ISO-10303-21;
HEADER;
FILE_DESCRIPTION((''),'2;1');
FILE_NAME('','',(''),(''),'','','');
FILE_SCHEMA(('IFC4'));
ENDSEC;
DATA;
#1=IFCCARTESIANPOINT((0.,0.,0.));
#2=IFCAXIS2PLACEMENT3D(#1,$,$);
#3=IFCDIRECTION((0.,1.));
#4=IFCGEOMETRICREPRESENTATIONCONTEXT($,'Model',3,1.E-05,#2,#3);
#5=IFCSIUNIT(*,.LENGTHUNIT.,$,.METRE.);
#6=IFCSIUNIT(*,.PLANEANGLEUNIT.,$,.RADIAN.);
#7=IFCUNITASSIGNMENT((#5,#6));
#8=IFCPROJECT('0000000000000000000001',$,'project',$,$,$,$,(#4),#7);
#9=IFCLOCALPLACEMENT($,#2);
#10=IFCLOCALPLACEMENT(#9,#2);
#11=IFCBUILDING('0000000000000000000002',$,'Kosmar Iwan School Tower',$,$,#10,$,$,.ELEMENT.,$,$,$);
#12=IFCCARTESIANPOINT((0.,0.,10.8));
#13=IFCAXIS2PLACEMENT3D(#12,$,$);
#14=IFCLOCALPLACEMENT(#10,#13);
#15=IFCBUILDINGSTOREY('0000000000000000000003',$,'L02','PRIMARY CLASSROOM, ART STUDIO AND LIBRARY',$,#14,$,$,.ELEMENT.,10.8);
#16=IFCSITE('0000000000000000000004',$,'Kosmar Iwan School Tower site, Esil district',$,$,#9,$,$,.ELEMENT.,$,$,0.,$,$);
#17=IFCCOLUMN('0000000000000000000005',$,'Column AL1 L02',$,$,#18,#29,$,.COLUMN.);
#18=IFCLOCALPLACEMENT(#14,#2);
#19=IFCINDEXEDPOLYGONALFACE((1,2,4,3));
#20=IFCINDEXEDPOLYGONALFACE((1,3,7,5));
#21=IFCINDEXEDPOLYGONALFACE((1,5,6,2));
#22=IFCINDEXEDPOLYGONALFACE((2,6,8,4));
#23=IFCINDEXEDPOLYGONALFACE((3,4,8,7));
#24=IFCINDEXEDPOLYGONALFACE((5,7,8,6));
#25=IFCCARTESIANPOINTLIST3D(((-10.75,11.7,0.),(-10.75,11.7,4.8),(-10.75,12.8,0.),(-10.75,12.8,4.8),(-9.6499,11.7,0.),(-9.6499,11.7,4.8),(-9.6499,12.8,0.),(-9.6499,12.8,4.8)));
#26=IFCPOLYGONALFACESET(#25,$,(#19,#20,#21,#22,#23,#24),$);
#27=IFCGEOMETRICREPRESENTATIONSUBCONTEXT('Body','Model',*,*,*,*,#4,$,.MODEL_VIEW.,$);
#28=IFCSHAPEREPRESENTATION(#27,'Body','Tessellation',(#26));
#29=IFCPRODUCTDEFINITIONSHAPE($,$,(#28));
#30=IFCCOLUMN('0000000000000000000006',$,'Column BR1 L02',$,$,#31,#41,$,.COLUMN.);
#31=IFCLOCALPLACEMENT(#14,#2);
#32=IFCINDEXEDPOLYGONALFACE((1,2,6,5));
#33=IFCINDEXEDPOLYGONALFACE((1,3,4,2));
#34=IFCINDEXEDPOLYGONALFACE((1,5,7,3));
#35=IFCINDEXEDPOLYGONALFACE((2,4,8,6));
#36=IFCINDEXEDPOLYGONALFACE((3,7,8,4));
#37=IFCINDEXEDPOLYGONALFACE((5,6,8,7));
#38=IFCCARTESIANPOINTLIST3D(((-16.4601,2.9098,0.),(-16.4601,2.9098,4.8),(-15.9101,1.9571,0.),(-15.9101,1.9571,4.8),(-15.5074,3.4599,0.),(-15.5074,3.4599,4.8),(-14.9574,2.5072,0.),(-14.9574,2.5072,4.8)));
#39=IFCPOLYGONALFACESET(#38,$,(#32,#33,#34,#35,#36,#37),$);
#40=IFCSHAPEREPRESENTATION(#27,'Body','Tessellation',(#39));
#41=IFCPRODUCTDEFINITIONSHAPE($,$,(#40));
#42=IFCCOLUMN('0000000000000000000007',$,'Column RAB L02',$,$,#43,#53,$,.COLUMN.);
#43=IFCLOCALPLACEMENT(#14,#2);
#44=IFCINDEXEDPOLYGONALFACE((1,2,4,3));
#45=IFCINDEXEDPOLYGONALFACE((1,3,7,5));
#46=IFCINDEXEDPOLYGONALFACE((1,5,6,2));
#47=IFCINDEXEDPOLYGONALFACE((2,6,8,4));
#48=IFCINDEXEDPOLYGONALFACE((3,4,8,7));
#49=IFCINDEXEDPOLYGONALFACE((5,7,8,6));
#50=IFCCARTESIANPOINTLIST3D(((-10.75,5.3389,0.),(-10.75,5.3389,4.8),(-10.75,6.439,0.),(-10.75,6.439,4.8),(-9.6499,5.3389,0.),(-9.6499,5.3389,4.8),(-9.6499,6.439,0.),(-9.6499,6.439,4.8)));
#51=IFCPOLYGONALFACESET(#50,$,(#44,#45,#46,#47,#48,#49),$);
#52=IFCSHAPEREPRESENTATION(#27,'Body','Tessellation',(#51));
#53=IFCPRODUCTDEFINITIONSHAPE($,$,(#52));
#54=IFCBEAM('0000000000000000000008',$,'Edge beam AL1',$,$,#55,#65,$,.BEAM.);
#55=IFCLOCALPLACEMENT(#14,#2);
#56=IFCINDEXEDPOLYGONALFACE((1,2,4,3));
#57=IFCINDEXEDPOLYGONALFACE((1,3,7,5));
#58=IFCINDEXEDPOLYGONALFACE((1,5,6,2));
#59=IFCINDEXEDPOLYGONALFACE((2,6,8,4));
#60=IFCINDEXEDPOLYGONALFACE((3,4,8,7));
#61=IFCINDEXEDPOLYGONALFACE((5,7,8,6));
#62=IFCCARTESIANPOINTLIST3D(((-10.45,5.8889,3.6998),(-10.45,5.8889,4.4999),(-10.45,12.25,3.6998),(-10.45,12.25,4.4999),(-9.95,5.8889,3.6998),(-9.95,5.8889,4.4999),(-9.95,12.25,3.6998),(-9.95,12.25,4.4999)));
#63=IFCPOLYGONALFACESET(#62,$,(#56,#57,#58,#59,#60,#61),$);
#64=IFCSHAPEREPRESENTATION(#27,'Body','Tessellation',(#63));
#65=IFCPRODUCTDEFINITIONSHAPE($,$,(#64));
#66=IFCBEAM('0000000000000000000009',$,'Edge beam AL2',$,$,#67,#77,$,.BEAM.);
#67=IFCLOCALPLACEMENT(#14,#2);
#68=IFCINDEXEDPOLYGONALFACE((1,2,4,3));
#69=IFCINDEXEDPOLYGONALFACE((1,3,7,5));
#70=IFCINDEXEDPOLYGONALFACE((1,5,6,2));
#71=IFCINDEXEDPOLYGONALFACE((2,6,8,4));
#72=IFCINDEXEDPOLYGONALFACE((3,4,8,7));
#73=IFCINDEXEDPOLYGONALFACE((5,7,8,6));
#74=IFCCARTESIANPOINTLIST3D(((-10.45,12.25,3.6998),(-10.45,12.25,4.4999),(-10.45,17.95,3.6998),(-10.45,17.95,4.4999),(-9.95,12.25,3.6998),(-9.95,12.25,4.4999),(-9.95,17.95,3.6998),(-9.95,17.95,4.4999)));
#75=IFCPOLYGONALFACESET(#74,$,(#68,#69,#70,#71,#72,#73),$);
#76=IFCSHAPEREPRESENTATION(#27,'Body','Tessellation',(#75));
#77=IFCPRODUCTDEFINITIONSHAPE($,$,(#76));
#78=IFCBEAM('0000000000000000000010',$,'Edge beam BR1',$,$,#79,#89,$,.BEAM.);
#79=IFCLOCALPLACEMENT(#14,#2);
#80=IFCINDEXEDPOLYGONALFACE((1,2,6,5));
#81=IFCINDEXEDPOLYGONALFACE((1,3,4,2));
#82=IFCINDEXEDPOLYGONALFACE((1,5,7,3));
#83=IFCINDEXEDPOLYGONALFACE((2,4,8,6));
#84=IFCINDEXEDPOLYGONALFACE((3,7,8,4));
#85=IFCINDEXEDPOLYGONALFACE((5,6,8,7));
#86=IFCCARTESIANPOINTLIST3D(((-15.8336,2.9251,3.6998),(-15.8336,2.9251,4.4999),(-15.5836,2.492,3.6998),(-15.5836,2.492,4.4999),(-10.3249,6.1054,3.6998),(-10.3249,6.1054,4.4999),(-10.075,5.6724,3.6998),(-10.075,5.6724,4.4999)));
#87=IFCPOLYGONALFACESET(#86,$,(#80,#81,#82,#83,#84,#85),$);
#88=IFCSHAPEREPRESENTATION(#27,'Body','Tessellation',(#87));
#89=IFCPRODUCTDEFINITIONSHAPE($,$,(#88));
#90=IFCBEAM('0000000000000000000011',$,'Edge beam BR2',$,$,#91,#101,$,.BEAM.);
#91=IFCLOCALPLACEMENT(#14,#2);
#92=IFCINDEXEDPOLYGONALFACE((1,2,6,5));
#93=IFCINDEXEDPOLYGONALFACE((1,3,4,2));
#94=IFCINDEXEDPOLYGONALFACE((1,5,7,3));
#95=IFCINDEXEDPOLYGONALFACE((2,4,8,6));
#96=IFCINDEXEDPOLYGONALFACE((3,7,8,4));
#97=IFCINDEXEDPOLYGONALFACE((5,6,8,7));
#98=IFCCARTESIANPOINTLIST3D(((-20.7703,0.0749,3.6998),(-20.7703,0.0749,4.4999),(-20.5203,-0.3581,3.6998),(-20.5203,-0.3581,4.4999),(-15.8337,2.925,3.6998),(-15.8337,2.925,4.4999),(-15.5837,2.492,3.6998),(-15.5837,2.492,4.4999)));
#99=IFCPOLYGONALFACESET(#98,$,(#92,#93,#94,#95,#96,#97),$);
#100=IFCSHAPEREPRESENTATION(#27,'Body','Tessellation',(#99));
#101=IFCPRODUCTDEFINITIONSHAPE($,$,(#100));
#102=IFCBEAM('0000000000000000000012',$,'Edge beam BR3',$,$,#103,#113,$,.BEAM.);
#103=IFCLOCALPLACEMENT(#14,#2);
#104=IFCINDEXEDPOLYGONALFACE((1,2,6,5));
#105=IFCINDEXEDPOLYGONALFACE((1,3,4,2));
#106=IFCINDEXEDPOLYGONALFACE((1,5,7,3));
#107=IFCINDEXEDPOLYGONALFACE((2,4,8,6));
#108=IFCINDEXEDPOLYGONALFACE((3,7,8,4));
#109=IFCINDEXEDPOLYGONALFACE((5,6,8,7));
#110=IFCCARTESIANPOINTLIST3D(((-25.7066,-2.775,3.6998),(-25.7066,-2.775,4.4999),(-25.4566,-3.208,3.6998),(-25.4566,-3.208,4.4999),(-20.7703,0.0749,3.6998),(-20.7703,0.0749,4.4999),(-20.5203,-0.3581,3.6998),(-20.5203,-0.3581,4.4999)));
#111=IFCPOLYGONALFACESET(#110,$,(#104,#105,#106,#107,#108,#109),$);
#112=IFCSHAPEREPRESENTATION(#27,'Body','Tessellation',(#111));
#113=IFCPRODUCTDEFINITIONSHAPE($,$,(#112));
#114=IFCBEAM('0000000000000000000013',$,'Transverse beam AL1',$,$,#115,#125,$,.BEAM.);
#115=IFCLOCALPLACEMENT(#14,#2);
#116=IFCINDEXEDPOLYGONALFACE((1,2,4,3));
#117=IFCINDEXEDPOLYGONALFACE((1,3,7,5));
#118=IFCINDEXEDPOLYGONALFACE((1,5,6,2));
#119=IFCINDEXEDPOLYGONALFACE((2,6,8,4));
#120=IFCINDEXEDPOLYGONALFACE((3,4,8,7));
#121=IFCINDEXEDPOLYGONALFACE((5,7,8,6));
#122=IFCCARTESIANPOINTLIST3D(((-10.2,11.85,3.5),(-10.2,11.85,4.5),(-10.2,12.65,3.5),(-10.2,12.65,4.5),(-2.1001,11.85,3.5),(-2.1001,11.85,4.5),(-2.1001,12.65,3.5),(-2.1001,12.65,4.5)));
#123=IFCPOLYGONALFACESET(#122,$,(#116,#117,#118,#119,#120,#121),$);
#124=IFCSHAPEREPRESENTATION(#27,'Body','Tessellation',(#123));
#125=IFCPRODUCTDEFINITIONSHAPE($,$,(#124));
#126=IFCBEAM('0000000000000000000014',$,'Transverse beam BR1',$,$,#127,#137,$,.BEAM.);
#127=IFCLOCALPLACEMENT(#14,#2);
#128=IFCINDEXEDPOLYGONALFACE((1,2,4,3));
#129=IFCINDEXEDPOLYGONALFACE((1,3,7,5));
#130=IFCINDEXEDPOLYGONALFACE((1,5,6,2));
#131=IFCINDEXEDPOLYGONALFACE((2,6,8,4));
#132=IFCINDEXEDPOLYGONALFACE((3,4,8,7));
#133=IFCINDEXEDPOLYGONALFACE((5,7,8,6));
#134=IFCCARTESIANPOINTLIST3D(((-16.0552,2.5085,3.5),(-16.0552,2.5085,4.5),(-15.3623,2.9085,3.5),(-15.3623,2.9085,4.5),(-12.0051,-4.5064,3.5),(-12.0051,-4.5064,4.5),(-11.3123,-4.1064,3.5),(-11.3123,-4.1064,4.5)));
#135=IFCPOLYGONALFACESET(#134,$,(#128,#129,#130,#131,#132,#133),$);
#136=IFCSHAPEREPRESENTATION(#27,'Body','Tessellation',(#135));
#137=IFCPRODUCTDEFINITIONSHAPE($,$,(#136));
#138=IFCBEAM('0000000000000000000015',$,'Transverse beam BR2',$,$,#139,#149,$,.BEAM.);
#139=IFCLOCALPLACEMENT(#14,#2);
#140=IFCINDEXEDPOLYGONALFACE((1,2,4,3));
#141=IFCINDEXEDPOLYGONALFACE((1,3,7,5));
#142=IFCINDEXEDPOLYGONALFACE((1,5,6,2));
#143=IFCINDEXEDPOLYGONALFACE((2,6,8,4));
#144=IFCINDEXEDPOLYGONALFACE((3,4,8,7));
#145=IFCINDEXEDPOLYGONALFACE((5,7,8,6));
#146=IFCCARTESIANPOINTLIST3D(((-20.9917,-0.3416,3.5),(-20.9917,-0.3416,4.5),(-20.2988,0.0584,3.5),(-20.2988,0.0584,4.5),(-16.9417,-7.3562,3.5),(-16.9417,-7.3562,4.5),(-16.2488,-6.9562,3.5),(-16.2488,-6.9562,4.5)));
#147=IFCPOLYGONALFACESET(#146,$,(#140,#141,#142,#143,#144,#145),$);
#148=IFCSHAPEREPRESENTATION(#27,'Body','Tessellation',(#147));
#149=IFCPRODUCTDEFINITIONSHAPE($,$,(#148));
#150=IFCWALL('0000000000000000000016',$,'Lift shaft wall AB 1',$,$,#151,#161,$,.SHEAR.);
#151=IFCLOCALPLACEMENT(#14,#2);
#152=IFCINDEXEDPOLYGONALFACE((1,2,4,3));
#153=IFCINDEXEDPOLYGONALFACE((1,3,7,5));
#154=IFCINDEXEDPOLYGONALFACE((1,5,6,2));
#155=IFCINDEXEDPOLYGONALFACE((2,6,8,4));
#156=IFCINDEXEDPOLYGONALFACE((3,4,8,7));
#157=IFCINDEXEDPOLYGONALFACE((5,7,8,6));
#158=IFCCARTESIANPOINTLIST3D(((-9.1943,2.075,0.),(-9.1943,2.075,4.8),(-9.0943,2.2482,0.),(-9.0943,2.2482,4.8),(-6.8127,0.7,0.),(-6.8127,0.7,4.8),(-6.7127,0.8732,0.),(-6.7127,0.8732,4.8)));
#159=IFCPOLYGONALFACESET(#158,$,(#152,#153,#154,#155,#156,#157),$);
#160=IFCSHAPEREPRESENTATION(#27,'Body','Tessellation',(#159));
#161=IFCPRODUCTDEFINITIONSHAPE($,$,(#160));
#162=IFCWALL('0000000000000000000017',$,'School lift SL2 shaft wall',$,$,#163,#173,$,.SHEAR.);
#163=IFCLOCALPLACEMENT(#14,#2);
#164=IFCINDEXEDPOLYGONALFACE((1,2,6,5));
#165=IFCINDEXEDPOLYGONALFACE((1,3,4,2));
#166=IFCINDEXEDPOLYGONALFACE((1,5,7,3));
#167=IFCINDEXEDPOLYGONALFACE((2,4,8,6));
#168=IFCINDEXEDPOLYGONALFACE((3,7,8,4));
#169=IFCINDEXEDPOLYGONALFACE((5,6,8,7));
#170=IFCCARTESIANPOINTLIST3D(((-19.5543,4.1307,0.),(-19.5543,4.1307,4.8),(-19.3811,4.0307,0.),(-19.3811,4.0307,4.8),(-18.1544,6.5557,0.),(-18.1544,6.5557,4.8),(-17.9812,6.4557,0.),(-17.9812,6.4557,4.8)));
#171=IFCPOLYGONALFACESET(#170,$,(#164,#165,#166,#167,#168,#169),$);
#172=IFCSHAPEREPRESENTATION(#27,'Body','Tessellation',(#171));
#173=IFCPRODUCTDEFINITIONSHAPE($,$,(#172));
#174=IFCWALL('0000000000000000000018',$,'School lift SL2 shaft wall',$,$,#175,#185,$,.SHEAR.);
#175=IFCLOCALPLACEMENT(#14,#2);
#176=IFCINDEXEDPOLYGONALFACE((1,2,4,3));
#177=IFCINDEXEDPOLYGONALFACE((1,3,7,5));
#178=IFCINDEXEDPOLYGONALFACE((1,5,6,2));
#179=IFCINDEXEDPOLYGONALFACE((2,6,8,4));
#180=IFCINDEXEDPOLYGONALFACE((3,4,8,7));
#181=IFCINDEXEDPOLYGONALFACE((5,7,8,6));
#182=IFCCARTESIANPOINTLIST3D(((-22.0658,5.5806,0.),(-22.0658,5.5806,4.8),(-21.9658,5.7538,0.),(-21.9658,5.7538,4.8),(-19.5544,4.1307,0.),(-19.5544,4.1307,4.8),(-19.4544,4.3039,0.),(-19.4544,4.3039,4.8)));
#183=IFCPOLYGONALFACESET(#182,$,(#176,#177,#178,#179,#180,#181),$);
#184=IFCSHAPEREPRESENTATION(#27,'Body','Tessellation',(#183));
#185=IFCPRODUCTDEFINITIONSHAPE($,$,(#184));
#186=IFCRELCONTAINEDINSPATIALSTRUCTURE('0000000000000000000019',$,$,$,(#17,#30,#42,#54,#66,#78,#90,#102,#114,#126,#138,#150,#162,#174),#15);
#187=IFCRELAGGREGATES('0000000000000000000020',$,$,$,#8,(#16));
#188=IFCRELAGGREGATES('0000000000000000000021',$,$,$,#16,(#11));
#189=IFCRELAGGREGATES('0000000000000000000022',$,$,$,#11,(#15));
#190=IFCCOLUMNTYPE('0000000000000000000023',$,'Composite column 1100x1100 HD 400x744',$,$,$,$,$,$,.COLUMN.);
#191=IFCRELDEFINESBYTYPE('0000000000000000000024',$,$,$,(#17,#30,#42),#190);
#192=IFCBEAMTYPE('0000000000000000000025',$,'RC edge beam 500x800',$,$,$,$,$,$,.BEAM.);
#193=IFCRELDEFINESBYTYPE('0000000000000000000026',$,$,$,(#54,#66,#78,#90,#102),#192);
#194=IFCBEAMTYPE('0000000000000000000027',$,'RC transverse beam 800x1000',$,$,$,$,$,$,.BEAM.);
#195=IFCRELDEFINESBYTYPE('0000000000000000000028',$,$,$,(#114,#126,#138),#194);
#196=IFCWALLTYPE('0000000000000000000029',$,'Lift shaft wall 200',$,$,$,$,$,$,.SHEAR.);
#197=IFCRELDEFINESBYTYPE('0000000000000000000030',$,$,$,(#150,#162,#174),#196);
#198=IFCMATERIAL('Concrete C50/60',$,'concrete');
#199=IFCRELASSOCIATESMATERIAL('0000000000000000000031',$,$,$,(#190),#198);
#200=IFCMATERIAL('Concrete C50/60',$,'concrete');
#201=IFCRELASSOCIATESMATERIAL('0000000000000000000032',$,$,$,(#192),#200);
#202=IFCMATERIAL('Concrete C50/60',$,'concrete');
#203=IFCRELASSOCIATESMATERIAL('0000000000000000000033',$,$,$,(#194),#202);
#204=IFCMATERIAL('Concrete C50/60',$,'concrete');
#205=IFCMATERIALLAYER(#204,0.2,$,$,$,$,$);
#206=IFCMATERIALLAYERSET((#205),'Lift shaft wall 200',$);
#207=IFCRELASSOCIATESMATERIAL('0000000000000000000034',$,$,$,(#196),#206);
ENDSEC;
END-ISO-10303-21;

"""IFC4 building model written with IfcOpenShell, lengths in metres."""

from ifc_helpers import new_model, si_unit, direction, frame, frame_2d, origin, origin_2d, place, context, subcontext, project, spatial, rectangle, extrude, material, layer, layer_set, material_profile, profile_set, type_object, element, save


model = new_model("IFC4")

# Units and contexts
model_context = context("Model", 3, precision=1e-05, world=origin(), true_north=direction((0.0, 1.0)))
body_context = subcontext(model_context, "Body", "Model", "MODEL_VIEW")
ifc_project = project(units=[si_unit("LENGTHUNIT", "METRE"), si_unit("PLANEANGLEUNIT", "RADIAN")], contexts=[model_context])

# Site, building, storey
site_placement = place(None, origin())
site = spatial("IfcSite", under=ifc_project, at=site_placement, Name="Kosmar Iwan School Tower site, Esil district", CompositionType="ELEMENT", RefElevation=0.0)
building_placement = place(site_placement, origin())
building = spatial("IfcBuilding", under=site, at=building_placement, Name="Kosmar Iwan School Tower", CompositionType="ELEMENT")
storey_placement = place(building_placement, frame((0.0, 0.0, 10.8)))
storey = spatial("IfcBuildingStorey", under=building, at=storey_placement, Name="L02", Description="PRIMARY CLASSROOM, ART STUDIO AND LIBRARY", CompositionType="ELEMENT", Elevation=10.8)

# Columns
ifc_material_1 = material(Name="Concrete C50/60", Category="concrete")
ifc_material_profile_1 = material_profile(ifc_material_1, rectangle(XDim=1.1001, YDim=1.1001, at=origin_2d()), Name="RC 1100x1100 + HD 400x744")
ifc_profile_set_1 = profile_set([ifc_material_profile_1], Name="Concrete C50/60")
column_type = type_object("IfcColumnType", Name="Composite column 1100x1100 HD 400x744", PredefinedType="COLUMN", material=ifc_profile_set_1)
for number, where, z_axis, x_axis, name in (
    (1, (-10.2, 12.25, 0.0), (0.0, 0.0, 1.0), (0.0, 1.0, 0.0), "Column AL1 L02"),
    (2, (-15.7087, 2.7085, 0.0), (0.0, 0.0, 1.0), (-0.866025, -0.5, 0.0), "Column BR1 L02"),
    (3, (-10.2, 5.8889, 0.0), (0.0, 0.0, 1.0), (1.0, 0.0, 0.0), "Column RAB L02"),
):
    element("IfcColumn", number, at=place(storey_placement, frame(where, z_axis=z_axis, x_axis=x_axis)), inside=storey, type_object=column_type, Name=name, PredefinedType="COLUMN", context=body_context, shape_type="SweptSolid", body=[
        extrude(rectangle(XDim=1.1001, YDim=1.1001, at=origin_2d()), origin(), (0.0, 0.0, 1.0), 4.8),
    ])

# Beams
ifc_material_2 = material(Name="Concrete C50/60", Category="concrete")
ifc_material_profile_2 = material_profile(ifc_material_2, rectangle(XDim=0.5, YDim=0.8, at=origin_2d()), Name="RC 500x800")
ifc_profile_set_2 = profile_set([ifc_material_profile_2], Name="Concrete C50/60")
beam_type_1 = type_object("IfcBeamType", Name="RC edge beam 500x800", PredefinedType="BEAM", material=ifc_profile_set_2)
beam_1_placement = place(storey_placement, frame((-10.2, 5.8889, 4.0999), z_axis=(0.0, 1.0, 0.0), x_axis=(-1.0, 0.0, 0.0)))
element("IfcBeam", 4, at=beam_1_placement, inside=storey, type_object=beam_type_1, Name="Edge beam AL1", PredefinedType="BEAM", context=body_context, shape_type="SweptSolid", body=[
    extrude(rectangle(XDim=0.5, YDim=0.8, at=origin_2d()), origin(), (0.0, 0.0, 1.0), 6.3611),
])
beam_2_placement = place(storey_placement, frame((-10.2, 12.25, 4.0999), z_axis=(0.0, 1.0, 0.0), x_axis=(-1.0, 0.0, 0.0)))
element("IfcBeam", 5, at=beam_2_placement, inside=storey, type_object=beam_type_1, Name="Edge beam AL2", PredefinedType="BEAM", context=body_context, shape_type="SweptSolid", body=[
    extrude(rectangle(XDim=0.5, YDim=0.8, at=origin_2d()), origin(), (0.0, 0.0, 1.0), 5.7),
])
beam_3_placement = place(storey_placement, frame((-10.2, 5.8889, 4.0999), z_axis=(-0.866031, -0.49999, 0.0), x_axis=(0.49999, -0.866031, 0.0)))
element("IfcBeam", 6, at=beam_3_placement, inside=storey, type_object=beam_type_1, Name="Edge beam BR1", PredefinedType="BEAM", context=body_context, shape_type="SweptSolid", body=[
    extrude(rectangle(XDim=0.5, YDim=0.8, at=origin_2d()), origin(), (0.0, 0.0, 1.0), 6.3608),
])
beam_4_placement = place(storey_placement, frame((-15.7087, 2.7085, 4.0999), z_axis=(-0.866026, -0.499999, 0.0), x_axis=(0.499999, -0.866026, 0.0)))
element("IfcBeam", 7, at=beam_4_placement, inside=storey, type_object=beam_type_1, Name="Edge beam BR2", PredefinedType="BEAM", context=body_context, shape_type="SweptSolid", body=[
    extrude(rectangle(XDim=0.5, YDim=0.8, at=origin_2d()), origin(), (0.0, 0.0, 1.0), 5.7002),
])
beam_5_placement = place(storey_placement, frame((-20.6453, -0.1416, 4.0999), z_axis=(-0.866034, -0.499986, 0.0), x_axis=(0.499986, -0.866034, 0.0)))
element("IfcBeam", 8, at=beam_5_placement, inside=storey, type_object=beam_type_1, Name="Edge beam BR3", PredefinedType="BEAM", context=body_context, shape_type="SweptSolid", body=[
    extrude(rectangle(XDim=0.5, YDim=0.8, at=origin_2d()), origin(), (0.0, 0.0, 1.0), 5.7),
])
ifc_material_3 = material(Name="Concrete C50/60", Category="concrete")
ifc_material_profile_3 = material_profile(ifc_material_3, rectangle(XDim=0.8, YDim=1.0, at=origin_2d()), Name="RC 800x1000")
ifc_profile_set_3 = profile_set([ifc_material_profile_3], Name="Concrete C50/60")
beam_type_2 = type_object("IfcBeamType", Name="RC transverse beam 800x1000", PredefinedType="BEAM", material=ifc_profile_set_3)
beam_6_placement = place(storey_placement, frame((-10.2, 12.25, 4.0), z_axis=(1.0, 0.0, 0.0), x_axis=(0.0, 1.0, 0.0)))
element("IfcBeam", 9, at=beam_6_placement, inside=storey, type_object=beam_type_2, Name="Transverse beam AL1", PredefinedType="BEAM", context=body_context, shape_type="SweptSolid", body=[
    extrude(rectangle(XDim=0.8, YDim=1.0, at=origin_2d()), origin(), (0.0, 0.0, 1.0), 8.0999),
])
beam_7_placement = place(storey_placement, frame((-15.7087, 2.7085, 4.0), z_axis=(0.5, -0.866025, 0.0), x_axis=(0.866025, 0.5, 0.0)))
element("IfcBeam", 10, at=beam_7_placement, inside=storey, type_object=beam_type_2, Name="Transverse beam BR1", PredefinedType="BEAM", context=body_context, shape_type="SweptSolid", body=[
    extrude(rectangle(XDim=0.8, YDim=1.0, at=origin_2d()), origin(), (0.0, 0.0, 1.0), 8.1001),
])
beam_8_placement = place(storey_placement, frame((-20.6453, -0.1416, 4.0), z_axis=(0.500013, -0.866018, 0.0), x_axis=(0.866018, 0.500013, 0.0)))
element("IfcBeam", 11, at=beam_8_placement, inside=storey, type_object=beam_type_2, Name="Transverse beam BR2", PredefinedType="BEAM", context=body_context, shape_type="SweptSolid", body=[
    extrude(rectangle(XDim=0.8, YDim=1.0, at=origin_2d()), origin(), (0.0, 0.0, 1.0), 8.0999),
])

# Walls
ifc_material_4 = material(Name="Concrete C50/60", Category="concrete")
ifc_layer_1 = layer(ifc_material_4, 0.2)
ifc_layer_set_1 = layer_set([ifc_layer_1], Name="Lift shaft wall 200")
wall_type_1 = type_object("IfcWallType", Name="Lift shaft wall 200", PredefinedType="SHEAR", material=ifc_layer_set_1)
wall_1_placement = place(storey_placement, frame((-6.7627, 0.7866, 0.0), z_axis=(0.0, 0.0, 1.0), x_axis=(-0.866027, 0.499997, 0.0)))
element("IfcWall", 12, at=wall_1_placement, inside=storey, type_object=wall_type_1, Name="Lift shaft wall AB 1", PredefinedType="SHEAR", context=body_context, shape_type="SweptSolid", body=[
    extrude(rectangle(XDim=2.75, YDim=0.2, at=frame_2d((1.375, 0.0))), origin(), (0.0, 0.0, 1.0), 4.8),
])
wall_2_placement = place(storey_placement, frame((-18.0679, 6.5056, 0.0), z_axis=(0.0, 0.0, 1.0), x_axis=(-0.499946, -0.866056, 0.0)))
element("IfcWall", 13, at=wall_2_placement, inside=storey, type_object=wall_type_1, Name="School lift SL2 shaft wall", PredefinedType="SHEAR", context=body_context, shape_type="SweptSolid", body=[
    extrude(rectangle(XDim=2.8, YDim=0.2, at=frame_2d((1.3999, 0.0))), origin(), (0.0, 0.0, 1.0), 4.8),
])
wall_3_placement = place(storey_placement, frame((-19.5044, 4.2173, 0.0), z_axis=(0.0, 0.0, 1.0), x_axis=(-0.866033, 0.499987, 0.0)))
element("IfcWall", 14, at=wall_3_placement, inside=storey, type_object=wall_type_1, Name="School lift SL2 shaft wall", PredefinedType="SHEAR", context=body_context, shape_type="SweptSolid", body=[
    extrude(rectangle(XDim=2.8999, YDim=0.2, at=frame_2d((1.45, 0.0))), origin(), (0.0, 0.0, 1.0), 4.8),
])

save(model, "model.ifc")
